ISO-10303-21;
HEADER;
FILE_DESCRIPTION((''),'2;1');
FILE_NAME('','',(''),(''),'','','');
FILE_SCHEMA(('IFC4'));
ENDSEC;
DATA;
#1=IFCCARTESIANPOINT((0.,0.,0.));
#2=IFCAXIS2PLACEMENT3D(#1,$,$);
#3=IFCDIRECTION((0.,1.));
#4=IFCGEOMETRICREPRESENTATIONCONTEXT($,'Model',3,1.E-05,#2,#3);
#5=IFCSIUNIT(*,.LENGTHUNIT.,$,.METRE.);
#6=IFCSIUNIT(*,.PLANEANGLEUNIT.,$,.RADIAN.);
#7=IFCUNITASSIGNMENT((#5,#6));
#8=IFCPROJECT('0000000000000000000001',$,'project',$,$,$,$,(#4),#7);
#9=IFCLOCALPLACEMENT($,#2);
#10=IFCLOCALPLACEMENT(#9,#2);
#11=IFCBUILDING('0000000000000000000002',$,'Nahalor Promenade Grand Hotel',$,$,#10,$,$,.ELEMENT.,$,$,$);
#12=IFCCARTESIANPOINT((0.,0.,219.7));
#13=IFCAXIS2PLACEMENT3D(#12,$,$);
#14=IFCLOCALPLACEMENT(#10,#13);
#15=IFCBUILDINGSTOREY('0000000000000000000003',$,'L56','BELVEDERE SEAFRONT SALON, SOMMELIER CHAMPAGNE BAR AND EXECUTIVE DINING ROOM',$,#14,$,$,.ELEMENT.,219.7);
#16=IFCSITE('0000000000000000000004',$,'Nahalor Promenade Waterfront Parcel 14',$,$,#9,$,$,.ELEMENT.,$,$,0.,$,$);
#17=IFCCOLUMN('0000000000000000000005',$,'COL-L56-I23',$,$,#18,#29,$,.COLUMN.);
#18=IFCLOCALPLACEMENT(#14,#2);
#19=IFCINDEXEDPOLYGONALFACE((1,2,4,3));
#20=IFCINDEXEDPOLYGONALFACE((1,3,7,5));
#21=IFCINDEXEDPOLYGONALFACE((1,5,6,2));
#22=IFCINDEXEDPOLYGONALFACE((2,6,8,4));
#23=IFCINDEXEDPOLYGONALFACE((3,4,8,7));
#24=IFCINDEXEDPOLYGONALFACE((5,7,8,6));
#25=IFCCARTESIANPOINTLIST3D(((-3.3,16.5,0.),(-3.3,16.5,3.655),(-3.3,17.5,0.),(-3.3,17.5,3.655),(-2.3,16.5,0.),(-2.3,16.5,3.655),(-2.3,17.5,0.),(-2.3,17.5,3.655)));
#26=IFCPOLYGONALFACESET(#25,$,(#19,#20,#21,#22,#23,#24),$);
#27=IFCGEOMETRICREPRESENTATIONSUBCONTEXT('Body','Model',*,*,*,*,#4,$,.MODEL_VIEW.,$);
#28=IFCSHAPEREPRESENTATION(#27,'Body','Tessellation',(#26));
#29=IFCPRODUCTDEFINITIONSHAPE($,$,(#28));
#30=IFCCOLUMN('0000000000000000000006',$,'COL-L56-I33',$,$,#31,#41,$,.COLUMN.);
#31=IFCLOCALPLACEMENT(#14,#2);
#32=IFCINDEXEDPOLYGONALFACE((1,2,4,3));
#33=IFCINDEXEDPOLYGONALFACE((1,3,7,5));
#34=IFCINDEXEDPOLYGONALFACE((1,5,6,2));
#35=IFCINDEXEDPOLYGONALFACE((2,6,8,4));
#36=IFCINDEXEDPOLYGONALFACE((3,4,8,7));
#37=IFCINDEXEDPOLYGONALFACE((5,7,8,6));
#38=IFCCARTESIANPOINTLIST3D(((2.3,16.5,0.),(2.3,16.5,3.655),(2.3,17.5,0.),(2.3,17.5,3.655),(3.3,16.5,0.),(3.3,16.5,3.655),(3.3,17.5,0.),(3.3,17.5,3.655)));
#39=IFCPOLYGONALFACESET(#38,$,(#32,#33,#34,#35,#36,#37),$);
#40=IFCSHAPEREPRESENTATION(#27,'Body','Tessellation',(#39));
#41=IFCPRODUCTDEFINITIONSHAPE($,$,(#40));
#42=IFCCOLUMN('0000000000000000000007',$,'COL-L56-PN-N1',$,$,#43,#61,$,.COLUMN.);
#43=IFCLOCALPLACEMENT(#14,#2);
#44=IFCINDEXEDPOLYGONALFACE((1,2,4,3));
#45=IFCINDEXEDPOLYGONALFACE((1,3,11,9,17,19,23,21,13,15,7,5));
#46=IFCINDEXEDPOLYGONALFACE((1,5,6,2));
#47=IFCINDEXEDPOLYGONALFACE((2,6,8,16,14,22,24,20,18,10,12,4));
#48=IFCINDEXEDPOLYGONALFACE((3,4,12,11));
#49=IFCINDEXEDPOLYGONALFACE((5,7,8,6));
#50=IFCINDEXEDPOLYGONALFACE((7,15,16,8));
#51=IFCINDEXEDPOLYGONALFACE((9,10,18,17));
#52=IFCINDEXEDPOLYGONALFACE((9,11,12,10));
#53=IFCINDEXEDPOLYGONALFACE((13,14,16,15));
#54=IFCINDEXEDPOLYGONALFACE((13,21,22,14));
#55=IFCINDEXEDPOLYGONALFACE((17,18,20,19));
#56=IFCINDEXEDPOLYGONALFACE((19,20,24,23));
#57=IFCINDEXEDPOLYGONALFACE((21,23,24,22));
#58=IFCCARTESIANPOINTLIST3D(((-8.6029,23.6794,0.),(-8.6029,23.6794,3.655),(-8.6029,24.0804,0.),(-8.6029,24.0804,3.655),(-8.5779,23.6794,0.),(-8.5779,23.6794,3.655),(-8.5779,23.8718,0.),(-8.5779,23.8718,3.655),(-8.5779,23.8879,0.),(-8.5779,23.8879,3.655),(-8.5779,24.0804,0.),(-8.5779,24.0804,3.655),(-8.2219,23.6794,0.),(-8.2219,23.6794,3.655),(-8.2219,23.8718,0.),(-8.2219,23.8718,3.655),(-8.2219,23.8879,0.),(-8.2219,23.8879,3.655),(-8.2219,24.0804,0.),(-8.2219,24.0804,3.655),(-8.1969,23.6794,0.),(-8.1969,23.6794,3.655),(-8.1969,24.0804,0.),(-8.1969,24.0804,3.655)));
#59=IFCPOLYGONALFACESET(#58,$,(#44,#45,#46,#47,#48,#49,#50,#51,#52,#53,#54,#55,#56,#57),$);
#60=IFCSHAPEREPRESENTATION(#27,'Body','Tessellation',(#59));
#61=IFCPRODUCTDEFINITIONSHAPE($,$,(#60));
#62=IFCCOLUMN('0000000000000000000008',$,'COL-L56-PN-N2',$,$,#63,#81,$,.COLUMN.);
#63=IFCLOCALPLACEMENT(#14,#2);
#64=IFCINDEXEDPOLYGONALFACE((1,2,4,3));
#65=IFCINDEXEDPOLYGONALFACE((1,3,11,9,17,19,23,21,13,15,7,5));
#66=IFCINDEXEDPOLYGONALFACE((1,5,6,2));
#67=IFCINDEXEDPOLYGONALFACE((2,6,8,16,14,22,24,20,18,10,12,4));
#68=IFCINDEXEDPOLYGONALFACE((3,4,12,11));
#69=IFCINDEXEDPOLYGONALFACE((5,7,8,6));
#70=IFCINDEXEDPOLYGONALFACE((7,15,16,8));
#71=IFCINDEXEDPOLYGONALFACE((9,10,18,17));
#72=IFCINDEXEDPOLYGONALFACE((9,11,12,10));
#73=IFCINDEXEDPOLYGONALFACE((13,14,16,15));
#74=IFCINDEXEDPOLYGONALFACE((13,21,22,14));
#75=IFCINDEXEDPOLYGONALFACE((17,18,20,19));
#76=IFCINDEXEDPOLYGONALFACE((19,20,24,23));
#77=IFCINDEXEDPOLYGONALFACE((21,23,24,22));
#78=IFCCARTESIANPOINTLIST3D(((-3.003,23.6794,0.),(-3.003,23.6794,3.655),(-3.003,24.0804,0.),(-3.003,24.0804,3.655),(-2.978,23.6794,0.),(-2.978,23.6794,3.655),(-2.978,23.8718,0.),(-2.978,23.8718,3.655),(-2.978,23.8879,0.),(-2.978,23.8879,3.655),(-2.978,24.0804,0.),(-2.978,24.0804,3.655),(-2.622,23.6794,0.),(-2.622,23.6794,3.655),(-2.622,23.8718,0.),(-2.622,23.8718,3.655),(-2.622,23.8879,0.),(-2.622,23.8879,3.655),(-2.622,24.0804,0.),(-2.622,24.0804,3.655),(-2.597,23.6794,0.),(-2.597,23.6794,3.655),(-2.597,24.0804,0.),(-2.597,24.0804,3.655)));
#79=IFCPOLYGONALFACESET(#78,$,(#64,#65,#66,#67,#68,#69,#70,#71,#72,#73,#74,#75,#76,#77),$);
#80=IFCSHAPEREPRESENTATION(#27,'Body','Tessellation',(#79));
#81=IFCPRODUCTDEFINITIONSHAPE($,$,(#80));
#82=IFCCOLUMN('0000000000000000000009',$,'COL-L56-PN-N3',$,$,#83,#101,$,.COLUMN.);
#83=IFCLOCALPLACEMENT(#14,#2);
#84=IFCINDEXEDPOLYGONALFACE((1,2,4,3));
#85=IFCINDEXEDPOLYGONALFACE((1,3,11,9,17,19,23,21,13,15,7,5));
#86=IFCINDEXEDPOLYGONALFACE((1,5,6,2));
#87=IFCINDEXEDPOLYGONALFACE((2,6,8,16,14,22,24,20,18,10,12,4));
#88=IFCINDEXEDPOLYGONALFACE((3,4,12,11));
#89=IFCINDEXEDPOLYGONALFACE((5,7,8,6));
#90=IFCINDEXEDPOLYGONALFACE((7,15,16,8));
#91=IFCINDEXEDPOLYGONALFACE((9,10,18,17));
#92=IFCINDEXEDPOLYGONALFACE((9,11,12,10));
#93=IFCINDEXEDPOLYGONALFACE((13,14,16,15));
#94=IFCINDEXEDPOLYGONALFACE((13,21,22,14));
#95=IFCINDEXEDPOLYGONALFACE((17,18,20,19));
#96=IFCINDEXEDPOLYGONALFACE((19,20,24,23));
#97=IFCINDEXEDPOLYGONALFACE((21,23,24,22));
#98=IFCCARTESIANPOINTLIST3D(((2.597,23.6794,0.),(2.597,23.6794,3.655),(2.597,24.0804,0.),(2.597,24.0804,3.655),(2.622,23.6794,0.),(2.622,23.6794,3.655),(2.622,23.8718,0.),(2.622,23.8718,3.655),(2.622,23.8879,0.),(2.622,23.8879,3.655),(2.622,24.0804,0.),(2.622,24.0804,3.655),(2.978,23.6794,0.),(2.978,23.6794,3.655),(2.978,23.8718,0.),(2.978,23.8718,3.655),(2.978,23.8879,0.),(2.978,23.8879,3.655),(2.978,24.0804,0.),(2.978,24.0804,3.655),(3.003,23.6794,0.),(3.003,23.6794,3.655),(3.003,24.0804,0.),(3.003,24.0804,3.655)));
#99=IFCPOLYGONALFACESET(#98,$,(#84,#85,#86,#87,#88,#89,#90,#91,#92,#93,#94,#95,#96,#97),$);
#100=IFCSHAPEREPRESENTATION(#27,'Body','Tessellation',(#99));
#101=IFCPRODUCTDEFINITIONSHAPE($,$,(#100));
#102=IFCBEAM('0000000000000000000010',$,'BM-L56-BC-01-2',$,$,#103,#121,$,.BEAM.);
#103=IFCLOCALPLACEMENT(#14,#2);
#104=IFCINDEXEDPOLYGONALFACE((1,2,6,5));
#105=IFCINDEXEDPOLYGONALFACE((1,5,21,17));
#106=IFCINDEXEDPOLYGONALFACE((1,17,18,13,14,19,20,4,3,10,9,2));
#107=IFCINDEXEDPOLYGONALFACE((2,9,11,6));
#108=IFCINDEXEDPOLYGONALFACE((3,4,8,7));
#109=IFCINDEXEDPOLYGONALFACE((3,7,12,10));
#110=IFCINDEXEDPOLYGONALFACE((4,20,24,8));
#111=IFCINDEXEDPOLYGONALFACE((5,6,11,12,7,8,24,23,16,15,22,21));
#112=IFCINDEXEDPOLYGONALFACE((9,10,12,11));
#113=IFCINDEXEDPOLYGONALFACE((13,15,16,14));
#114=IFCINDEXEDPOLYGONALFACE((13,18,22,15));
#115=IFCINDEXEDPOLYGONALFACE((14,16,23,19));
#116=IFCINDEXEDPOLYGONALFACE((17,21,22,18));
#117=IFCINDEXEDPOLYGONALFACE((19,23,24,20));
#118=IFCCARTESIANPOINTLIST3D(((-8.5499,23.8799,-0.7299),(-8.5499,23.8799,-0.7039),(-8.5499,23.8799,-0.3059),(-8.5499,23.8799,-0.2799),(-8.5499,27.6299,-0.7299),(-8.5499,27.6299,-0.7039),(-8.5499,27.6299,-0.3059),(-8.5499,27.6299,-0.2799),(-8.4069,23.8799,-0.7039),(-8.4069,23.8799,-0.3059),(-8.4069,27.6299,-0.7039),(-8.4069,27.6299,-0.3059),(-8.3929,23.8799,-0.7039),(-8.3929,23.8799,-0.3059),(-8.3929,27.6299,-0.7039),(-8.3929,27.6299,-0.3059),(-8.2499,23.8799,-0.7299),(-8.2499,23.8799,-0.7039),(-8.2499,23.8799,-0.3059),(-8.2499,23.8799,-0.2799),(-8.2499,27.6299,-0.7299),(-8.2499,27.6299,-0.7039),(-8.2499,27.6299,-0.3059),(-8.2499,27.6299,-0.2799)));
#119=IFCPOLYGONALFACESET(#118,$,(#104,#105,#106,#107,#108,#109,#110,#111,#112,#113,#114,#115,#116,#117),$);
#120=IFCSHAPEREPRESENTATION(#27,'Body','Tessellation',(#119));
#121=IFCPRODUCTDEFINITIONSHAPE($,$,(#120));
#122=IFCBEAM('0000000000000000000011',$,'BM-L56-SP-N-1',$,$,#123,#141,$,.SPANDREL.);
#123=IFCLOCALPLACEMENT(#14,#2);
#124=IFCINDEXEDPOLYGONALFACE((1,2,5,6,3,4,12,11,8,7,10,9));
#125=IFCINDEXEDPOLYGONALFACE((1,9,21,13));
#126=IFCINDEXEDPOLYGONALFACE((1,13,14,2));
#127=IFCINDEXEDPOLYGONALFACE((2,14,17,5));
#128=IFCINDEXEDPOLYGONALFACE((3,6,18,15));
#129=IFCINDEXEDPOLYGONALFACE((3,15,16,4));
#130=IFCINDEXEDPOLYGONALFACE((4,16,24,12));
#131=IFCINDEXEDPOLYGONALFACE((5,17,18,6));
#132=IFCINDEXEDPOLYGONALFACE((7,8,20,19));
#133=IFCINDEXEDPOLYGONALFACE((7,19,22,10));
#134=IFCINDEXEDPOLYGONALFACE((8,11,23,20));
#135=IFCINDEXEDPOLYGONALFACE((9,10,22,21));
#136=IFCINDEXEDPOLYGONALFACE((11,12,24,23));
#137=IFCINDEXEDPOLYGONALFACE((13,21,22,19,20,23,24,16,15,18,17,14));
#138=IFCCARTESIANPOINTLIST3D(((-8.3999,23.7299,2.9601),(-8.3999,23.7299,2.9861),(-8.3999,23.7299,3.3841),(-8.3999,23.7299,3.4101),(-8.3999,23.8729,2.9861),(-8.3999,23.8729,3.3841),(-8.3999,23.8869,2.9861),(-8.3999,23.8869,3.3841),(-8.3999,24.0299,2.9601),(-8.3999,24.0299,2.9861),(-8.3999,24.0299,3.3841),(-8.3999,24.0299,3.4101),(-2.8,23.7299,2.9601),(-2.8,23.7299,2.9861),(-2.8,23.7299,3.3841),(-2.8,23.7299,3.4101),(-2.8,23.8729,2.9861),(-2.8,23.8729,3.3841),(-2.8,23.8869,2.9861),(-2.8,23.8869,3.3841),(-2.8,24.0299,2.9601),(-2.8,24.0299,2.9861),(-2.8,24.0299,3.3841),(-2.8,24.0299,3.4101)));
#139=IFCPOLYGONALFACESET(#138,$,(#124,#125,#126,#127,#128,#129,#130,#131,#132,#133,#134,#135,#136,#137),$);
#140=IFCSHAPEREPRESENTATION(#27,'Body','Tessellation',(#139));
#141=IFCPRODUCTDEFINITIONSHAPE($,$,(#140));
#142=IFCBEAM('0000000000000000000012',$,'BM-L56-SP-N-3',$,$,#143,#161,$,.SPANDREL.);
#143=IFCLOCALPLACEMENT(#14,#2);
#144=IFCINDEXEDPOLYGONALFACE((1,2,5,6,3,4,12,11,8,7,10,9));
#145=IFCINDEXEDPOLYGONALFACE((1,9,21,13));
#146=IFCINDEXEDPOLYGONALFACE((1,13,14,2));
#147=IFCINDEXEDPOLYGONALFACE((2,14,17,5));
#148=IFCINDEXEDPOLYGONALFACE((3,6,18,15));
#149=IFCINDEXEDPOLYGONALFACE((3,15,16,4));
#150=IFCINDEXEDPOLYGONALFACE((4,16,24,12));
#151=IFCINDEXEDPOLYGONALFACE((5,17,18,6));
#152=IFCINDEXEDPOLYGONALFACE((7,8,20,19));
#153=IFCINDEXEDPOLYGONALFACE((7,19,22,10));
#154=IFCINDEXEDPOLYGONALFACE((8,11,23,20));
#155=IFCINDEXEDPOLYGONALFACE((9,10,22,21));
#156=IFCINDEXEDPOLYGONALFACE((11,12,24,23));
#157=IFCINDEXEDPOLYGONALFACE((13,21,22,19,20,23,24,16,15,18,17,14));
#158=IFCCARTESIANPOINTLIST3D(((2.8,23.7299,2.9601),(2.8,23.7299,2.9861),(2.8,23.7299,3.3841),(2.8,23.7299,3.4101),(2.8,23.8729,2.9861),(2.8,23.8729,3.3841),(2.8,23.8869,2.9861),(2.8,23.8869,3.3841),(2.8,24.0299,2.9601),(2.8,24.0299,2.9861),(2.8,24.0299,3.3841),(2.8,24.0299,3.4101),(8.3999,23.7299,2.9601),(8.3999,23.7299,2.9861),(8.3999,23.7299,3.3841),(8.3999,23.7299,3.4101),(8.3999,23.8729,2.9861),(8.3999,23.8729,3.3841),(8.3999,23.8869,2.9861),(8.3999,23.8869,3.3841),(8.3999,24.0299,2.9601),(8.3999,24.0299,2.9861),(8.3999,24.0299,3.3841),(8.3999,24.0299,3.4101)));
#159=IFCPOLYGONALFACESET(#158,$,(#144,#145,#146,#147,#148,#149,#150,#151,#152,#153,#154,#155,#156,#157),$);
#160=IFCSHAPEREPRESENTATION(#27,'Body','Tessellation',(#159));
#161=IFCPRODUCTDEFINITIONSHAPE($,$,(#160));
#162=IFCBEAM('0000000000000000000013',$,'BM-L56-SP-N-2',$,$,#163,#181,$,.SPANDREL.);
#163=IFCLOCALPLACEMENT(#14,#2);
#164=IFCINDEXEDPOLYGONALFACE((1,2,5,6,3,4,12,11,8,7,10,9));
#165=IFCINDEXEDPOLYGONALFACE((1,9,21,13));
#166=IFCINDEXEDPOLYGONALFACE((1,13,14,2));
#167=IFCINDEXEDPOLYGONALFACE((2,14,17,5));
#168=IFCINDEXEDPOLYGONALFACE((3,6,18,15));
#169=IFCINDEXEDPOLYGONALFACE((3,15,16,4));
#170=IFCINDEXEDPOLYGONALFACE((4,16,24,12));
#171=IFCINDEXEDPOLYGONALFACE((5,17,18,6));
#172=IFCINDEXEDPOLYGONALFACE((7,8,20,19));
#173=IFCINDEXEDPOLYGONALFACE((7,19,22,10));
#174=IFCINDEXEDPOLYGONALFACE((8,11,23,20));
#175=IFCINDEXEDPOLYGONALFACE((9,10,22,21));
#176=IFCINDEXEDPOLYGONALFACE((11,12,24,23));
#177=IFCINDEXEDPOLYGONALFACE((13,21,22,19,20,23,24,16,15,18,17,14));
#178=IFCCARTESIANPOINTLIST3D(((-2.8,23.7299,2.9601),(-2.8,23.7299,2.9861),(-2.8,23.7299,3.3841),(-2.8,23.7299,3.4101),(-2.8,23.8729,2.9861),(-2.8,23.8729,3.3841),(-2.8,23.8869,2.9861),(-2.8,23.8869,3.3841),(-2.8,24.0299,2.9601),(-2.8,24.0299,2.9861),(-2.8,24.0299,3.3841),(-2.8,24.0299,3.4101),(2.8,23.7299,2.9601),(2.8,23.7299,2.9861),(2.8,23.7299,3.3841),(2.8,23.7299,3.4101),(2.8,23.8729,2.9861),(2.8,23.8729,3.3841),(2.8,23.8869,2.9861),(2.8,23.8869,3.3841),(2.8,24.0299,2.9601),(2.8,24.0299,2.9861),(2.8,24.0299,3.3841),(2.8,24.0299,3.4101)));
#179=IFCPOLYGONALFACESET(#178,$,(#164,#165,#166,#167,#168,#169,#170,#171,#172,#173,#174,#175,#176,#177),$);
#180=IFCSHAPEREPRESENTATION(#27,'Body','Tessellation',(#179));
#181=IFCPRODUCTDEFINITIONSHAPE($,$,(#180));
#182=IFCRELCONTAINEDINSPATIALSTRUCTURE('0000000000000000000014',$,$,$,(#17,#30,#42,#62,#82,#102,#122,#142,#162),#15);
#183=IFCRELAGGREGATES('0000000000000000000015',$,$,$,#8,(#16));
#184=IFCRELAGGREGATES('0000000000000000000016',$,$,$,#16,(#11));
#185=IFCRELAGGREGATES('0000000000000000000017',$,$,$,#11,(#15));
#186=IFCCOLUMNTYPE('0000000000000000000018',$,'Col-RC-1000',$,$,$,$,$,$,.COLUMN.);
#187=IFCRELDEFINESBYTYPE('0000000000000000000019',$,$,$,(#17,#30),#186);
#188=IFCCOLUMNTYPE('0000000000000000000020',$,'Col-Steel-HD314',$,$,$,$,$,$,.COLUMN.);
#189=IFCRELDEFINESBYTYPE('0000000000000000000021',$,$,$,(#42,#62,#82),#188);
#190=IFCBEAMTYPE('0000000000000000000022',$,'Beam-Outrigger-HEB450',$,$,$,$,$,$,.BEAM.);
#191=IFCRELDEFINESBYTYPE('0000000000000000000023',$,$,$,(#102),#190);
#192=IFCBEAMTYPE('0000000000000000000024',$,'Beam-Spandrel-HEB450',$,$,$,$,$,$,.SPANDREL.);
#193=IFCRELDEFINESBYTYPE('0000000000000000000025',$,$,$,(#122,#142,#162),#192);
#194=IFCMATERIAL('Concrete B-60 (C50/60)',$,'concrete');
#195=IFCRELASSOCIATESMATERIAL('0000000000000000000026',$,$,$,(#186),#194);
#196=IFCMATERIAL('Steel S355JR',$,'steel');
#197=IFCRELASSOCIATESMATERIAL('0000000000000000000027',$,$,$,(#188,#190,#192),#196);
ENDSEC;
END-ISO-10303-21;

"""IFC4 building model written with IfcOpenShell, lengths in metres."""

from ifc_helpers import new_model, si_unit, direction, frame, origin, origin_2d, place, context, subcontext, project, spatial, rectangle, i_section, extrude, source, transform, mapped, material, material_profile, profile_set, type_object, element, save


model = new_model("IFC4")

# Units and contexts
model_context = context("Model", 3, precision=1e-05, world=origin(), true_north=direction((0.0, 1.0)))
body_context = subcontext(model_context, "Body", "Model", "MODEL_VIEW")
ifc_project = project(units=[si_unit("LENGTHUNIT", "METRE"), si_unit("PLANEANGLEUNIT", "RADIAN")], contexts=[model_context])

# Site, building, storey
site_placement = place(None, origin())
site = spatial("IfcSite", under=ifc_project, at=site_placement, Name="Nahalor Promenade Waterfront Parcel 14", CompositionType="ELEMENT", RefElevation=0.0)
building_placement = place(site_placement, origin())
building = spatial("IfcBuilding", under=site, at=building_placement, Name="Nahalor Promenade Grand Hotel", CompositionType="ELEMENT")
storey_placement = place(building_placement, frame((0.0, 0.0, 219.7)))
storey = spatial("IfcBuildingStorey", under=building, at=storey_placement, Name="L56", Description="BELVEDERE SEAFRONT SALON, SOMMELIER CHAMPAGNE BAR AND EXECUTIVE DINING ROOM", CompositionType="ELEMENT", Elevation=219.7)

# Columns
ifc_material_1 = material(Name="Concrete B-60 (C50/60)", Category="concrete")
ifc_material_profile_1 = material_profile(ifc_material_1, rectangle(XDim=1.0, YDim=1.0, at=origin_2d()), Name="RC 1000x1000")
ifc_profile_set_1 = profile_set([ifc_material_profile_1], Name="Concrete B-60 (C50/60)")
column_type_1 = type_object("IfcColumnType", Name="Col-RC-1000", PredefinedType="COLUMN", material=ifc_profile_set_1)
shared_shape_1 = source(origin(), body_context, "Body", "SweptSolid", [
    extrude(rectangle(XDim=1.0, YDim=1.0, at=origin_2d()), origin(), (0.0, 0.0, 1.0), 3.655),
])
for number, where, z_axis, x_axis, name in (
    (1, (-2.8, 17.0, 0.0), (0.0, 0.0, 1.0), (1.0, 0.0, 0.0), "COL-L56-I23"),
    (2, (2.8, 17.0, 0.0), (0.0, 0.0, 1.0), (1.0, 0.0, 0.0), "COL-L56-I33"),
):
    element("IfcColumn", number, at=place(storey_placement, frame(where, z_axis=z_axis, x_axis=x_axis)), inside=storey, type_object=column_type_1, Name=name, PredefinedType="COLUMN", context=body_context, shape_type="MappedRepresentation", body=[
        mapped(shared_shape_1, transform((0.0, 0.0, 0.0), scale=1.0)),
    ])
ifc_material_2 = material(Name="Steel S355JR", Category="steel")
ifc_material_profile_2 = material_profile(ifc_material_2, i_section(OverallWidth=0.401, OverallDepth=0.406, WebThickness=0.0161, FlangeThickness=0.025, at=origin_2d()), Name="HD 400x314")
ifc_profile_set_2 = profile_set([ifc_material_profile_2], Name="Steel S355JR")
column_type_2 = type_object("IfcColumnType", Name="Col-Steel-HD314", PredefinedType="COLUMN", material=ifc_profile_set_2)
shared_shape_2 = source(origin(), body_context, "Body", "SweptSolid", [
    extrude(i_section(OverallWidth=0.401, OverallDepth=0.406, WebThickness=0.0161, FlangeThickness=0.025, at=origin_2d()), origin(), (0.0, 0.0, 1.0), 3.655),
])
for number, where, z_axis, x_axis, name in (
    (3, (-8.3999, 23.8799, 0.0), (0.0, 0.0, 1.0), (0.0, 1.0, 0.0), "COL-L56-PN-N1"),
    (4, (-2.8, 23.8799, 0.0), (0.0, 0.0, 1.0), (0.0, 1.0, 0.0), "COL-L56-PN-N2"),
    (5, (2.8, 23.8799, 0.0), (0.0, 0.0, 1.0), (0.0, 1.0, 0.0), "COL-L56-PN-N3"),
):
    element("IfcColumn", number, at=place(storey_placement, frame(where, z_axis=z_axis, x_axis=x_axis)), inside=storey, type_object=column_type_2, Name=name, PredefinedType="COLUMN", context=body_context, shape_type="MappedRepresentation", body=[
        mapped(shared_shape_2, transform((0.0, 0.0, 0.0), scale=1.0)),
    ])

# Beams
ifc_material_profile_3 = material_profile(ifc_material_2, i_section(OverallWidth=0.3, OverallDepth=0.45, WebThickness=0.014, FlangeThickness=0.026, at=origin_2d()), Name="HEB 450")
ifc_profile_set_3 = profile_set([ifc_material_profile_3], Name="Steel S355JR")
beam_type_1 = type_object("IfcBeamType", Name="Beam-Outrigger-HEB450", PredefinedType="BEAM", material=ifc_profile_set_3)
shared_shape_3 = source(origin(), body_context, "Body", "SweptSolid", [
    extrude(i_section(OverallWidth=0.3, OverallDepth=0.45, WebThickness=0.014, FlangeThickness=0.026, at=origin_2d()), origin(), (0.0, 0.0, 1.0), 3.75),
])
beam_1_placement = place(storey_placement, frame((-8.3999, 23.8799, -0.5049), z_axis=(0.0, 1.0, 0.0), x_axis=(-1.0, 0.0, 0.0)))
element("IfcBeam", 6, at=beam_1_placement, inside=storey, type_object=beam_type_1, Name="BM-L56-BC-01-2", PredefinedType="BEAM", context=body_context, shape_type="MappedRepresentation", body=[
    mapped(shared_shape_3, transform((0.0, 0.0, 0.0), scale=1.0)),
])
ifc_material_profile_4 = material_profile(ifc_material_2, i_section(OverallWidth=0.3, OverallDepth=0.45, WebThickness=0.014, FlangeThickness=0.026, at=origin_2d()), Name="HEB 450")
ifc_profile_set_4 = profile_set([ifc_material_profile_4], Name="Steel S355JR")
beam_type_2 = type_object("IfcBeamType", Name="Beam-Spandrel-HEB450", PredefinedType="SPANDREL", material=ifc_profile_set_4)
shared_shape_4 = source(origin(), body_context, "Body", "SweptSolid", [
    extrude(i_section(OverallWidth=0.3, OverallDepth=0.45, WebThickness=0.014, FlangeThickness=0.026, at=origin_2d()), origin(), (0.0, 0.0, 1.0), 5.5999),
])
for number, where, z_axis, x_axis, name in (
    (7, (-8.3999, 23.8799, 3.1851), (1.0, 0.0, 0.0), (0.0, 1.0, 0.0), "BM-L56-SP-N-1"),
    (8, (2.8, 23.8799, 3.1851), (1.0, 0.0, 0.0), (0.0, 1.0, 0.0), "BM-L56-SP-N-3"),
):
    element("IfcBeam", number, at=place(storey_placement, frame(where, z_axis=z_axis, x_axis=x_axis)), inside=storey, type_object=beam_type_2, Name=name, PredefinedType="SPANDREL", context=body_context, shape_type="MappedRepresentation", body=[
        mapped(shared_shape_4, transform((0.0, 0.0, 0.0), scale=1.0)),
    ])
shared_shape_5 = source(origin(), body_context, "Body", "SweptSolid", [
    extrude(i_section(OverallWidth=0.3, OverallDepth=0.45, WebThickness=0.014, FlangeThickness=0.026, at=origin_2d()), origin(), (0.0, 0.0, 1.0), 5.6001),
])
beam_2_placement = place(storey_placement, frame((-2.8, 23.8799, 3.1851), z_axis=(1.0, 0.0, 0.0), x_axis=(0.0, 1.0, 0.0)))
element("IfcBeam", 9, at=beam_2_placement, inside=storey, type_object=beam_type_2, Name="BM-L56-SP-N-2", PredefinedType="SPANDREL", context=body_context, shape_type="MappedRepresentation", body=[
    mapped(shared_shape_5, transform((0.0, 0.0, 0.0), scale=1.0)),
])

save(model, "model.ifc")
